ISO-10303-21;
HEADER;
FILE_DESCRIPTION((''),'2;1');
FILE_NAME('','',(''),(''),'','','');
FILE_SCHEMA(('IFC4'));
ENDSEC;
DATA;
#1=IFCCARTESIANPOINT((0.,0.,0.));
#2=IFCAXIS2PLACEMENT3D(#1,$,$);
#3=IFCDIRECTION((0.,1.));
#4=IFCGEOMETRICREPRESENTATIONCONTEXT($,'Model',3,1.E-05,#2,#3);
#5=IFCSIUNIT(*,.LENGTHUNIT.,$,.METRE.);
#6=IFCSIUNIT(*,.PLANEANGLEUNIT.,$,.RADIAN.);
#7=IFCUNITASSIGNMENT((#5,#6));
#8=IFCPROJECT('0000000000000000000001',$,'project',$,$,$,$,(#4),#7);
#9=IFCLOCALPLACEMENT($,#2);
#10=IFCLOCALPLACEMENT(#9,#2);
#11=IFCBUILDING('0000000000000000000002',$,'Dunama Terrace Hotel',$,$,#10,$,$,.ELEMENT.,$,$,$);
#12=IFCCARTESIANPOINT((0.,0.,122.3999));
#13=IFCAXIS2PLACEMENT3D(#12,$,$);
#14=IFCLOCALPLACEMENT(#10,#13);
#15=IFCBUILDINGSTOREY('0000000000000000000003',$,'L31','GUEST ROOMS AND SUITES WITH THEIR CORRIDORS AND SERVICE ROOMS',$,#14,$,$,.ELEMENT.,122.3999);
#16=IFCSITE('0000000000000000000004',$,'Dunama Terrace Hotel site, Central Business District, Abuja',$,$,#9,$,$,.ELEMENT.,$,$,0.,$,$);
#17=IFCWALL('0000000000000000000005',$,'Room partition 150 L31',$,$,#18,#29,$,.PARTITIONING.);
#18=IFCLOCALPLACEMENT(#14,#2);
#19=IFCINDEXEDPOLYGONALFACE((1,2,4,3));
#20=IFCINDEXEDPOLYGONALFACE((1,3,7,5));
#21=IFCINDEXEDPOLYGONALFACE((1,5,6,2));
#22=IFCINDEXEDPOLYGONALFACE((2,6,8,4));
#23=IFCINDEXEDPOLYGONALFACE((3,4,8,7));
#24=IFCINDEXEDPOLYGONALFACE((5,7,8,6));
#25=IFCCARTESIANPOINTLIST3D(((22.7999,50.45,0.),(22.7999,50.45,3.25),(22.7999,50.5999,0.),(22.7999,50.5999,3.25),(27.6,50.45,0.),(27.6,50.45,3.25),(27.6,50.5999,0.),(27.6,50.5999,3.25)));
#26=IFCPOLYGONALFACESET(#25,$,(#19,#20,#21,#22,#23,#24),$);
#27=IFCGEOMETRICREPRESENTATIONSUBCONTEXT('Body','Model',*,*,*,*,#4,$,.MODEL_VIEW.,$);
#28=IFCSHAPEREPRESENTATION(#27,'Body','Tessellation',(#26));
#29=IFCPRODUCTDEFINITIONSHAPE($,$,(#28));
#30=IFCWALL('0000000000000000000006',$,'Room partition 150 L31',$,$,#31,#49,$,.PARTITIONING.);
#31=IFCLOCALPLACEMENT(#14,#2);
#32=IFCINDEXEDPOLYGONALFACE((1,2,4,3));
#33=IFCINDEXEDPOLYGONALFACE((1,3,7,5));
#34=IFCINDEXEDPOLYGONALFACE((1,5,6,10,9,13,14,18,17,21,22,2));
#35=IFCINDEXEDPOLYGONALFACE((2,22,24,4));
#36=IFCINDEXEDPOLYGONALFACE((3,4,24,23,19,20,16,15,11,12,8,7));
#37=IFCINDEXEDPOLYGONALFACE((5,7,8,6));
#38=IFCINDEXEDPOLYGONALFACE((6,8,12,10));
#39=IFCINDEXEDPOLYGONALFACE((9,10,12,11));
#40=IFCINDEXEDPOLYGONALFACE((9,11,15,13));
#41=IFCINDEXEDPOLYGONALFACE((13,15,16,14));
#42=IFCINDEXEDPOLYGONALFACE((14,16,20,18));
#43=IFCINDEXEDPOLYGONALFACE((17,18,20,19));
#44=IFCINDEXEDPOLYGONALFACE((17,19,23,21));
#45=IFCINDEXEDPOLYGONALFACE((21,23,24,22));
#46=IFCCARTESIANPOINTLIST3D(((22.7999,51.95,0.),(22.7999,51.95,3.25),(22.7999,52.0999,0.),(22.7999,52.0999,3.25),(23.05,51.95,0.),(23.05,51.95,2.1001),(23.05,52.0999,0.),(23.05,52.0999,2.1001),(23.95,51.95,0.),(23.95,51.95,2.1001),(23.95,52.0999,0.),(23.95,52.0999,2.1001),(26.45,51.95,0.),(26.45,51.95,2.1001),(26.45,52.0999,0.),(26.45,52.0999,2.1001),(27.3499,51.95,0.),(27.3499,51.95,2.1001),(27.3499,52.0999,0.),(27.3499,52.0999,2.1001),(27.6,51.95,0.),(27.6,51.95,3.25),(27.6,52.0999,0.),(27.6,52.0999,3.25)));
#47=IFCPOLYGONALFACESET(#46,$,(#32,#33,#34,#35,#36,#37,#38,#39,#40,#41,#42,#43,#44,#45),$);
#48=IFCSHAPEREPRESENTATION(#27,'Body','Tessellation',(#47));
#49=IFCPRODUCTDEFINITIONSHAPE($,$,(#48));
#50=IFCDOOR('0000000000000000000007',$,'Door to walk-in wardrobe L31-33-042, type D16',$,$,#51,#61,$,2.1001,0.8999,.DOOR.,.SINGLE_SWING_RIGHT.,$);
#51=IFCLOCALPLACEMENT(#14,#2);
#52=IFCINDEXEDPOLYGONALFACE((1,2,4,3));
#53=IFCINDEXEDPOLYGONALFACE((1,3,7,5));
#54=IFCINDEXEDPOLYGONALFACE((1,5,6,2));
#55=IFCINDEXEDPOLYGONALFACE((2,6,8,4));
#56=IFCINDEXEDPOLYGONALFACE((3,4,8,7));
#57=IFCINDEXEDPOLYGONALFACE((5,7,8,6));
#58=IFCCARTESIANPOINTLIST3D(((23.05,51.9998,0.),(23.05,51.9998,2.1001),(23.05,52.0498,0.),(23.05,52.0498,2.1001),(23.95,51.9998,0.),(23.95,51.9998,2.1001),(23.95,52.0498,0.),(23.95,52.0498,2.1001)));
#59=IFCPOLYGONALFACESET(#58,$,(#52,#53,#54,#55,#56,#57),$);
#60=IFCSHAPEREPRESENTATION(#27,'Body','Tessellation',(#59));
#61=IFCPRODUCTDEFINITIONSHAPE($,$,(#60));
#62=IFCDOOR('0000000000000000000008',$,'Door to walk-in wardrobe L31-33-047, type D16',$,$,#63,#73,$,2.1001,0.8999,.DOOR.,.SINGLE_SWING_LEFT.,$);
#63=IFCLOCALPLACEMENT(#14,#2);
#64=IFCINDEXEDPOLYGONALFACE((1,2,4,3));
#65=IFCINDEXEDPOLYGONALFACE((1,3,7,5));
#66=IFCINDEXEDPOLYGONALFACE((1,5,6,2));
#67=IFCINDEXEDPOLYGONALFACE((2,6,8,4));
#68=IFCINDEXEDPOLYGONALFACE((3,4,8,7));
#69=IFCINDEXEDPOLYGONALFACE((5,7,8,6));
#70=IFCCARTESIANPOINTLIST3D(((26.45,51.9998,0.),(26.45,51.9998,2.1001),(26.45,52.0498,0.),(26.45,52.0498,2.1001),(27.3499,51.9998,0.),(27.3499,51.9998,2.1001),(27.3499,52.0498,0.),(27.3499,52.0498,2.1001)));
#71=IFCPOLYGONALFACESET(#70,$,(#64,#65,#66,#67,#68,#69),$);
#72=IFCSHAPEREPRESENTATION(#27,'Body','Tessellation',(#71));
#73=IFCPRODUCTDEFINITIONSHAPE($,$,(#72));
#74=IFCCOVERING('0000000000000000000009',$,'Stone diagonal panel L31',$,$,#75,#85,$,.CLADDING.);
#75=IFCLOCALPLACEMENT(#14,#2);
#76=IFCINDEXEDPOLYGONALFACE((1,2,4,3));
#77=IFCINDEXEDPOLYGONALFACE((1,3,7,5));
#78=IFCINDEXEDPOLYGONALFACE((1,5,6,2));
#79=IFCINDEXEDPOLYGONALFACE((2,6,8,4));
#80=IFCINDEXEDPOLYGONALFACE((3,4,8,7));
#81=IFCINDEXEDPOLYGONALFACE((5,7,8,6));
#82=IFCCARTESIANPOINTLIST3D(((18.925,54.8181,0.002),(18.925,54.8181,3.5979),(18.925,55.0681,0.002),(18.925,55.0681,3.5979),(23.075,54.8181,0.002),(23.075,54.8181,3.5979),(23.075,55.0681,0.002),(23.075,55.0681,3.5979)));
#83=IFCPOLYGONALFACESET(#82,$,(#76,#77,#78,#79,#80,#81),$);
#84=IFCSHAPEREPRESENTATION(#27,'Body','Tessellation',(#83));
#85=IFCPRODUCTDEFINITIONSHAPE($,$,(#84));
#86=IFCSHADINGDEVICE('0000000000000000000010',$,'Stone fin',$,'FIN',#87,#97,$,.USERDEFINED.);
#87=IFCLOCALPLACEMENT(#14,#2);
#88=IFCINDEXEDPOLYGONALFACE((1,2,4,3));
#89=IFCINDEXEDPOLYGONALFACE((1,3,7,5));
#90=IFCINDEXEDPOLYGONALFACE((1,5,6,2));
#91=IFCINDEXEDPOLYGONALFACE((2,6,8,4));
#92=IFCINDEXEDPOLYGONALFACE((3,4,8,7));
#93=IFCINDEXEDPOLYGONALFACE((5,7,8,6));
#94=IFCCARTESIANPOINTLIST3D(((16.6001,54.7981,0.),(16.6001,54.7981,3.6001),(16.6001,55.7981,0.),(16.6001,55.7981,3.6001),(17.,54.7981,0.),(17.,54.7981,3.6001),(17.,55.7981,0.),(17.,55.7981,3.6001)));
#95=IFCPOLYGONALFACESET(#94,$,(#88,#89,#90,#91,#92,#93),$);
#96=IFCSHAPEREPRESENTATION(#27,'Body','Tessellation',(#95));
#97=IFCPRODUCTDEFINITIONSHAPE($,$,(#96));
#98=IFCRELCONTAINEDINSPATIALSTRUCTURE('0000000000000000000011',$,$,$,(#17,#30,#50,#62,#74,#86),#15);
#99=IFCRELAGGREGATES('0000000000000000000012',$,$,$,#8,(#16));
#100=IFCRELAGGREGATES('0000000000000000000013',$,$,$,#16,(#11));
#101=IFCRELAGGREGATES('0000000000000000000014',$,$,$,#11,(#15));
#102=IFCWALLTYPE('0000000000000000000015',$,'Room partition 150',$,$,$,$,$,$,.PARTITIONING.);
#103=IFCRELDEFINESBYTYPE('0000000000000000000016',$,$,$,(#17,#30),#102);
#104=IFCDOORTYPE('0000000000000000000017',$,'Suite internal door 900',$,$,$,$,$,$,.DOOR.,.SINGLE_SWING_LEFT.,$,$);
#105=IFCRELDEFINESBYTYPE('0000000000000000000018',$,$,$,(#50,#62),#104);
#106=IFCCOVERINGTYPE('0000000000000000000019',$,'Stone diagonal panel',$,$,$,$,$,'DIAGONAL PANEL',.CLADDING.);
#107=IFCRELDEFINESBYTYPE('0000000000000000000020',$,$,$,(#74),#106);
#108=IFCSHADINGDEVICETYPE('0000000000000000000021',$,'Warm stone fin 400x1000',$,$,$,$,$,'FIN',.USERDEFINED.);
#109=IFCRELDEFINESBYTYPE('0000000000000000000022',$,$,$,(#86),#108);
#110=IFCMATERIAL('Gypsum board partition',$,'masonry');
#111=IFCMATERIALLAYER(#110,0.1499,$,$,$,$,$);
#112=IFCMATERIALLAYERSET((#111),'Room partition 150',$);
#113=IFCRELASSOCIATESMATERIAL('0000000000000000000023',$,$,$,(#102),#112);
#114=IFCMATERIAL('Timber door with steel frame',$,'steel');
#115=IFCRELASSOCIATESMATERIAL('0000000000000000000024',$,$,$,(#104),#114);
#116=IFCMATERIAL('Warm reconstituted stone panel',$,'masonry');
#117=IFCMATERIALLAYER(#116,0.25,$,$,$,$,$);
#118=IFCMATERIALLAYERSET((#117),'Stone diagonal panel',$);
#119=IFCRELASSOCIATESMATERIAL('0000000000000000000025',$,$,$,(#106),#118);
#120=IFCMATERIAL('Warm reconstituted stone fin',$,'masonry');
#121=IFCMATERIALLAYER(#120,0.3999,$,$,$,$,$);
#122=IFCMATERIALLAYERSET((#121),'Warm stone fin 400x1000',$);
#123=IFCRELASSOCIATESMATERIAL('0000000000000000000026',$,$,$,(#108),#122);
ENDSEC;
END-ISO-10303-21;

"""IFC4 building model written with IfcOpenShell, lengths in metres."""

from ifc_helpers import new_model, si_unit, direction, frame, frame_2d, origin, origin_2d, place, context, subcontext, project, spatial, rectangle, extrude, material, layer, layer_set, type_object, element, fill, save


model = new_model("IFC4")

# Units and contexts
model_context = context("Model", 3, precision=1e-05, world=origin(), true_north=direction((0.0, 1.0)))
body_context = subcontext(model_context, "Body", "Model", "MODEL_VIEW")
ifc_project = project(units=[si_unit("LENGTHUNIT", "METRE"), si_unit("PLANEANGLEUNIT", "RADIAN")], contexts=[model_context])

# Site, building, storey
site_placement = place(None, origin())
site = spatial("IfcSite", under=ifc_project, at=site_placement, Name="Dunama Terrace Hotel site, Central Business District, Abuja", CompositionType="ELEMENT", RefElevation=0.0)
building_placement = place(site_placement, origin())
building = spatial("IfcBuilding", under=site, at=building_placement, Name="Dunama Terrace Hotel", CompositionType="ELEMENT")
storey_placement = place(building_placement, frame((0.0, 0.0, 122.3999)))
storey = spatial("IfcBuildingStorey", under=building, at=storey_placement, Name="L31", Description="GUEST ROOMS AND SUITES WITH THEIR CORRIDORS AND SERVICE ROOMS", CompositionType="ELEMENT", Elevation=122.3999)

# Wall
ifc_material_1 = material(Name="Gypsum board partition", Category="masonry")
ifc_layer_1 = layer(ifc_material_1, 0.1499)
ifc_layer_set_1 = layer_set([ifc_layer_1], Name="Room partition 150")
wall_type_1 = type_object("IfcWallType", Name="Room partition 150", PredefinedType="PARTITIONING", material=ifc_layer_set_1)
wall_1_placement = place(storey_placement, frame((22.8, 50.5249, 0.0), z_axis=(0.0, 0.0, 1.0), x_axis=(1.0, 0.0, 0.0)))
element("IfcWall", 1, at=wall_1_placement, inside=storey, type_object=wall_type_1, Name="Room partition 150 L31", PredefinedType="PARTITIONING", context=body_context, shape_type="SweptSolid", body=[
    extrude(rectangle(XDim=4.8, YDim=0.1499, at=frame_2d((2.3999, 0.0))), origin(), (0.0, 0.0, 1.0), 3.25),
])

# Wall, openings, doors
wall_2_placement = place(storey_placement, frame((22.8, 52.0249, 0.0), z_axis=(0.0, 0.0, 1.0), x_axis=(1.0, 0.0, 0.0)))
wall_2 = element("IfcWall", 2, at=wall_2_placement, inside=storey, type_object=wall_type_1, Name="Room partition 150 L31", PredefinedType="PARTITIONING", context=body_context, shape_type="SweptSolid", body=[
    extrude(rectangle(XDim=4.8, YDim=0.1499, at=frame_2d((2.3999, 0.0))), origin(), (0.0, 0.0, 1.0), 3.25),
])
opening_1_placement = place(wall_2_placement, frame((0.25, 0.0, 0.0)))
opening_1 = element("IfcOpeningElement", 3, at=opening_1_placement, cuts=wall_2, PredefinedType="OPENING", context=body_context, shape_type="SweptSolid", body=[
    extrude(rectangle(XDim=0.8999, YDim=2.1001, at=frame_2d((0.45, 1.05))), frame((0.0, 0.085, 0.0), z_axis=(0.0, -1.0, 0.0), x_axis=(1.0, 0.0, 0.0)), (0.0, 0.0, 1.0), 0.1699),
])
opening_2_placement = place(wall_2_placement, frame((3.6499, 0.0, 0.0)))
opening_2 = element("IfcOpeningElement", 4, at=opening_2_placement, cuts=wall_2, PredefinedType="OPENING", context=body_context, shape_type="SweptSolid", body=[
    extrude(rectangle(XDim=0.8999, YDim=2.1001, at=frame_2d((0.45, 1.05))), frame((0.0, 0.085, 0.0), z_axis=(0.0, -1.0, 0.0), x_axis=(1.0, 0.0, 0.0)), (0.0, 0.0, 1.0), 0.1699),
])
ifc_material_2 = material(Name="Timber door with steel frame", Category="steel")
door_type_1 = type_object("IfcDoorType", Name="Suite internal door 900", OperationType="SINGLE_SWING_LEFT", PredefinedType="DOOR", material=ifc_material_2)
door_1_placement = place(opening_1_placement, frame((0.8999, 0.0, 0.0), z_axis=(0.0, 0.0, 1.0), x_axis=(-1.0, 0.0, 0.0)))
door_1 = element("IfcDoor", 5, at=door_1_placement, inside=storey, type_object=door_type_1, Name="Door to walk-in wardrobe L31-33-042, type D16", OperationType="SINGLE_SWING_RIGHT", OverallHeight=2.1001, OverallWidth=0.8999, PredefinedType="DOOR", context=body_context, shape_type="SweptSolid", body=[
    extrude(rectangle(XDim=0.8999, YDim=2.1001, at=frame_2d((0.45, 1.05))), frame((0.0, 0.0251, 0.0), z_axis=(0.0, -1.0, 0.0), x_axis=(1.0, 0.0, 0.0)), (0.0, 0.0, 1.0), 0.05),
])
fill(opening_1, door_1)
door_2_placement = place(opening_2_placement, frame((0.8999, 0.0, 0.0), z_axis=(0.0, 0.0, 1.0), x_axis=(-1.0, 0.0, 0.0)))
door_2 = element("IfcDoor", 6, at=door_2_placement, inside=storey, type_object=door_type_1, Name="Door to walk-in wardrobe L31-33-047, type D16", OperationType="SINGLE_SWING_LEFT", OverallHeight=2.1001, OverallWidth=0.8999, PredefinedType="DOOR", context=body_context, shape_type="SweptSolid", body=[
    extrude(rectangle(XDim=0.8999, YDim=2.1001, at=frame_2d((0.45, 1.05))), frame((0.0, 0.0251, 0.0), z_axis=(0.0, -1.0, 0.0), x_axis=(1.0, 0.0, 0.0)), (0.0, 0.0, 1.0), 0.05),
])
fill(opening_2, door_2)

# Covering
ifc_material_3 = material(Name="Warm reconstituted stone panel", Category="masonry")
ifc_layer_2 = layer(ifc_material_3, 0.25)
ifc_layer_set_2 = layer_set([ifc_layer_2], Name="Stone diagonal panel")
covering_type = type_object("IfcCoveringType", Name="Stone diagonal panel", ElementType="DIAGONAL PANEL", PredefinedType="CLADDING", material=ifc_layer_set_2)
covering_placement = place(storey_placement, frame((21.0, 54.9431, 0.002), z_axis=(0.0, 0.0, 1.0), x_axis=(-1.0, 0.0, 0.0)))
element("IfcCovering", 7, at=covering_placement, inside=storey, type_object=covering_type, Name="Stone diagonal panel L31", PredefinedType="CLADDING", context=body_context, shape_type="SweptSolid", body=[
    extrude(rectangle(XDim=4.1499, YDim=0.25, at=origin_2d()), origin(), (0.0, 0.0, 1.0), 3.5959),
])

# Shading device
ifc_material_4 = material(Name="Warm reconstituted stone fin", Category="masonry")
ifc_layer_3 = layer(ifc_material_4, 0.3999)
ifc_layer_set_3 = layer_set([ifc_layer_3], Name="Warm stone fin 400x1000")
shading_device_type = type_object("IfcShadingDeviceType", Name="Warm stone fin 400x1000", ElementType="FIN", PredefinedType="USERDEFINED", material=ifc_layer_set_3)
shading_device_placement = place(storey_placement, frame((16.8, 55.2981, 0.0), z_axis=(0.0, 0.0, 1.0), x_axis=(-1.0, 0.0, 0.0)))
element("IfcShadingDevice", 8, at=shading_device_placement, inside=storey, type_object=shading_device_type, Name="Stone fin", ObjectType="FIN", PredefinedType="USERDEFINED", context=body_context, shape_type="SweptSolid", body=[
    extrude(rectangle(XDim=0.3999, YDim=1.0, at=origin_2d()), origin(), (0.0, 0.0, 1.0), 3.6001),
])

save(model, "model.ifc")
